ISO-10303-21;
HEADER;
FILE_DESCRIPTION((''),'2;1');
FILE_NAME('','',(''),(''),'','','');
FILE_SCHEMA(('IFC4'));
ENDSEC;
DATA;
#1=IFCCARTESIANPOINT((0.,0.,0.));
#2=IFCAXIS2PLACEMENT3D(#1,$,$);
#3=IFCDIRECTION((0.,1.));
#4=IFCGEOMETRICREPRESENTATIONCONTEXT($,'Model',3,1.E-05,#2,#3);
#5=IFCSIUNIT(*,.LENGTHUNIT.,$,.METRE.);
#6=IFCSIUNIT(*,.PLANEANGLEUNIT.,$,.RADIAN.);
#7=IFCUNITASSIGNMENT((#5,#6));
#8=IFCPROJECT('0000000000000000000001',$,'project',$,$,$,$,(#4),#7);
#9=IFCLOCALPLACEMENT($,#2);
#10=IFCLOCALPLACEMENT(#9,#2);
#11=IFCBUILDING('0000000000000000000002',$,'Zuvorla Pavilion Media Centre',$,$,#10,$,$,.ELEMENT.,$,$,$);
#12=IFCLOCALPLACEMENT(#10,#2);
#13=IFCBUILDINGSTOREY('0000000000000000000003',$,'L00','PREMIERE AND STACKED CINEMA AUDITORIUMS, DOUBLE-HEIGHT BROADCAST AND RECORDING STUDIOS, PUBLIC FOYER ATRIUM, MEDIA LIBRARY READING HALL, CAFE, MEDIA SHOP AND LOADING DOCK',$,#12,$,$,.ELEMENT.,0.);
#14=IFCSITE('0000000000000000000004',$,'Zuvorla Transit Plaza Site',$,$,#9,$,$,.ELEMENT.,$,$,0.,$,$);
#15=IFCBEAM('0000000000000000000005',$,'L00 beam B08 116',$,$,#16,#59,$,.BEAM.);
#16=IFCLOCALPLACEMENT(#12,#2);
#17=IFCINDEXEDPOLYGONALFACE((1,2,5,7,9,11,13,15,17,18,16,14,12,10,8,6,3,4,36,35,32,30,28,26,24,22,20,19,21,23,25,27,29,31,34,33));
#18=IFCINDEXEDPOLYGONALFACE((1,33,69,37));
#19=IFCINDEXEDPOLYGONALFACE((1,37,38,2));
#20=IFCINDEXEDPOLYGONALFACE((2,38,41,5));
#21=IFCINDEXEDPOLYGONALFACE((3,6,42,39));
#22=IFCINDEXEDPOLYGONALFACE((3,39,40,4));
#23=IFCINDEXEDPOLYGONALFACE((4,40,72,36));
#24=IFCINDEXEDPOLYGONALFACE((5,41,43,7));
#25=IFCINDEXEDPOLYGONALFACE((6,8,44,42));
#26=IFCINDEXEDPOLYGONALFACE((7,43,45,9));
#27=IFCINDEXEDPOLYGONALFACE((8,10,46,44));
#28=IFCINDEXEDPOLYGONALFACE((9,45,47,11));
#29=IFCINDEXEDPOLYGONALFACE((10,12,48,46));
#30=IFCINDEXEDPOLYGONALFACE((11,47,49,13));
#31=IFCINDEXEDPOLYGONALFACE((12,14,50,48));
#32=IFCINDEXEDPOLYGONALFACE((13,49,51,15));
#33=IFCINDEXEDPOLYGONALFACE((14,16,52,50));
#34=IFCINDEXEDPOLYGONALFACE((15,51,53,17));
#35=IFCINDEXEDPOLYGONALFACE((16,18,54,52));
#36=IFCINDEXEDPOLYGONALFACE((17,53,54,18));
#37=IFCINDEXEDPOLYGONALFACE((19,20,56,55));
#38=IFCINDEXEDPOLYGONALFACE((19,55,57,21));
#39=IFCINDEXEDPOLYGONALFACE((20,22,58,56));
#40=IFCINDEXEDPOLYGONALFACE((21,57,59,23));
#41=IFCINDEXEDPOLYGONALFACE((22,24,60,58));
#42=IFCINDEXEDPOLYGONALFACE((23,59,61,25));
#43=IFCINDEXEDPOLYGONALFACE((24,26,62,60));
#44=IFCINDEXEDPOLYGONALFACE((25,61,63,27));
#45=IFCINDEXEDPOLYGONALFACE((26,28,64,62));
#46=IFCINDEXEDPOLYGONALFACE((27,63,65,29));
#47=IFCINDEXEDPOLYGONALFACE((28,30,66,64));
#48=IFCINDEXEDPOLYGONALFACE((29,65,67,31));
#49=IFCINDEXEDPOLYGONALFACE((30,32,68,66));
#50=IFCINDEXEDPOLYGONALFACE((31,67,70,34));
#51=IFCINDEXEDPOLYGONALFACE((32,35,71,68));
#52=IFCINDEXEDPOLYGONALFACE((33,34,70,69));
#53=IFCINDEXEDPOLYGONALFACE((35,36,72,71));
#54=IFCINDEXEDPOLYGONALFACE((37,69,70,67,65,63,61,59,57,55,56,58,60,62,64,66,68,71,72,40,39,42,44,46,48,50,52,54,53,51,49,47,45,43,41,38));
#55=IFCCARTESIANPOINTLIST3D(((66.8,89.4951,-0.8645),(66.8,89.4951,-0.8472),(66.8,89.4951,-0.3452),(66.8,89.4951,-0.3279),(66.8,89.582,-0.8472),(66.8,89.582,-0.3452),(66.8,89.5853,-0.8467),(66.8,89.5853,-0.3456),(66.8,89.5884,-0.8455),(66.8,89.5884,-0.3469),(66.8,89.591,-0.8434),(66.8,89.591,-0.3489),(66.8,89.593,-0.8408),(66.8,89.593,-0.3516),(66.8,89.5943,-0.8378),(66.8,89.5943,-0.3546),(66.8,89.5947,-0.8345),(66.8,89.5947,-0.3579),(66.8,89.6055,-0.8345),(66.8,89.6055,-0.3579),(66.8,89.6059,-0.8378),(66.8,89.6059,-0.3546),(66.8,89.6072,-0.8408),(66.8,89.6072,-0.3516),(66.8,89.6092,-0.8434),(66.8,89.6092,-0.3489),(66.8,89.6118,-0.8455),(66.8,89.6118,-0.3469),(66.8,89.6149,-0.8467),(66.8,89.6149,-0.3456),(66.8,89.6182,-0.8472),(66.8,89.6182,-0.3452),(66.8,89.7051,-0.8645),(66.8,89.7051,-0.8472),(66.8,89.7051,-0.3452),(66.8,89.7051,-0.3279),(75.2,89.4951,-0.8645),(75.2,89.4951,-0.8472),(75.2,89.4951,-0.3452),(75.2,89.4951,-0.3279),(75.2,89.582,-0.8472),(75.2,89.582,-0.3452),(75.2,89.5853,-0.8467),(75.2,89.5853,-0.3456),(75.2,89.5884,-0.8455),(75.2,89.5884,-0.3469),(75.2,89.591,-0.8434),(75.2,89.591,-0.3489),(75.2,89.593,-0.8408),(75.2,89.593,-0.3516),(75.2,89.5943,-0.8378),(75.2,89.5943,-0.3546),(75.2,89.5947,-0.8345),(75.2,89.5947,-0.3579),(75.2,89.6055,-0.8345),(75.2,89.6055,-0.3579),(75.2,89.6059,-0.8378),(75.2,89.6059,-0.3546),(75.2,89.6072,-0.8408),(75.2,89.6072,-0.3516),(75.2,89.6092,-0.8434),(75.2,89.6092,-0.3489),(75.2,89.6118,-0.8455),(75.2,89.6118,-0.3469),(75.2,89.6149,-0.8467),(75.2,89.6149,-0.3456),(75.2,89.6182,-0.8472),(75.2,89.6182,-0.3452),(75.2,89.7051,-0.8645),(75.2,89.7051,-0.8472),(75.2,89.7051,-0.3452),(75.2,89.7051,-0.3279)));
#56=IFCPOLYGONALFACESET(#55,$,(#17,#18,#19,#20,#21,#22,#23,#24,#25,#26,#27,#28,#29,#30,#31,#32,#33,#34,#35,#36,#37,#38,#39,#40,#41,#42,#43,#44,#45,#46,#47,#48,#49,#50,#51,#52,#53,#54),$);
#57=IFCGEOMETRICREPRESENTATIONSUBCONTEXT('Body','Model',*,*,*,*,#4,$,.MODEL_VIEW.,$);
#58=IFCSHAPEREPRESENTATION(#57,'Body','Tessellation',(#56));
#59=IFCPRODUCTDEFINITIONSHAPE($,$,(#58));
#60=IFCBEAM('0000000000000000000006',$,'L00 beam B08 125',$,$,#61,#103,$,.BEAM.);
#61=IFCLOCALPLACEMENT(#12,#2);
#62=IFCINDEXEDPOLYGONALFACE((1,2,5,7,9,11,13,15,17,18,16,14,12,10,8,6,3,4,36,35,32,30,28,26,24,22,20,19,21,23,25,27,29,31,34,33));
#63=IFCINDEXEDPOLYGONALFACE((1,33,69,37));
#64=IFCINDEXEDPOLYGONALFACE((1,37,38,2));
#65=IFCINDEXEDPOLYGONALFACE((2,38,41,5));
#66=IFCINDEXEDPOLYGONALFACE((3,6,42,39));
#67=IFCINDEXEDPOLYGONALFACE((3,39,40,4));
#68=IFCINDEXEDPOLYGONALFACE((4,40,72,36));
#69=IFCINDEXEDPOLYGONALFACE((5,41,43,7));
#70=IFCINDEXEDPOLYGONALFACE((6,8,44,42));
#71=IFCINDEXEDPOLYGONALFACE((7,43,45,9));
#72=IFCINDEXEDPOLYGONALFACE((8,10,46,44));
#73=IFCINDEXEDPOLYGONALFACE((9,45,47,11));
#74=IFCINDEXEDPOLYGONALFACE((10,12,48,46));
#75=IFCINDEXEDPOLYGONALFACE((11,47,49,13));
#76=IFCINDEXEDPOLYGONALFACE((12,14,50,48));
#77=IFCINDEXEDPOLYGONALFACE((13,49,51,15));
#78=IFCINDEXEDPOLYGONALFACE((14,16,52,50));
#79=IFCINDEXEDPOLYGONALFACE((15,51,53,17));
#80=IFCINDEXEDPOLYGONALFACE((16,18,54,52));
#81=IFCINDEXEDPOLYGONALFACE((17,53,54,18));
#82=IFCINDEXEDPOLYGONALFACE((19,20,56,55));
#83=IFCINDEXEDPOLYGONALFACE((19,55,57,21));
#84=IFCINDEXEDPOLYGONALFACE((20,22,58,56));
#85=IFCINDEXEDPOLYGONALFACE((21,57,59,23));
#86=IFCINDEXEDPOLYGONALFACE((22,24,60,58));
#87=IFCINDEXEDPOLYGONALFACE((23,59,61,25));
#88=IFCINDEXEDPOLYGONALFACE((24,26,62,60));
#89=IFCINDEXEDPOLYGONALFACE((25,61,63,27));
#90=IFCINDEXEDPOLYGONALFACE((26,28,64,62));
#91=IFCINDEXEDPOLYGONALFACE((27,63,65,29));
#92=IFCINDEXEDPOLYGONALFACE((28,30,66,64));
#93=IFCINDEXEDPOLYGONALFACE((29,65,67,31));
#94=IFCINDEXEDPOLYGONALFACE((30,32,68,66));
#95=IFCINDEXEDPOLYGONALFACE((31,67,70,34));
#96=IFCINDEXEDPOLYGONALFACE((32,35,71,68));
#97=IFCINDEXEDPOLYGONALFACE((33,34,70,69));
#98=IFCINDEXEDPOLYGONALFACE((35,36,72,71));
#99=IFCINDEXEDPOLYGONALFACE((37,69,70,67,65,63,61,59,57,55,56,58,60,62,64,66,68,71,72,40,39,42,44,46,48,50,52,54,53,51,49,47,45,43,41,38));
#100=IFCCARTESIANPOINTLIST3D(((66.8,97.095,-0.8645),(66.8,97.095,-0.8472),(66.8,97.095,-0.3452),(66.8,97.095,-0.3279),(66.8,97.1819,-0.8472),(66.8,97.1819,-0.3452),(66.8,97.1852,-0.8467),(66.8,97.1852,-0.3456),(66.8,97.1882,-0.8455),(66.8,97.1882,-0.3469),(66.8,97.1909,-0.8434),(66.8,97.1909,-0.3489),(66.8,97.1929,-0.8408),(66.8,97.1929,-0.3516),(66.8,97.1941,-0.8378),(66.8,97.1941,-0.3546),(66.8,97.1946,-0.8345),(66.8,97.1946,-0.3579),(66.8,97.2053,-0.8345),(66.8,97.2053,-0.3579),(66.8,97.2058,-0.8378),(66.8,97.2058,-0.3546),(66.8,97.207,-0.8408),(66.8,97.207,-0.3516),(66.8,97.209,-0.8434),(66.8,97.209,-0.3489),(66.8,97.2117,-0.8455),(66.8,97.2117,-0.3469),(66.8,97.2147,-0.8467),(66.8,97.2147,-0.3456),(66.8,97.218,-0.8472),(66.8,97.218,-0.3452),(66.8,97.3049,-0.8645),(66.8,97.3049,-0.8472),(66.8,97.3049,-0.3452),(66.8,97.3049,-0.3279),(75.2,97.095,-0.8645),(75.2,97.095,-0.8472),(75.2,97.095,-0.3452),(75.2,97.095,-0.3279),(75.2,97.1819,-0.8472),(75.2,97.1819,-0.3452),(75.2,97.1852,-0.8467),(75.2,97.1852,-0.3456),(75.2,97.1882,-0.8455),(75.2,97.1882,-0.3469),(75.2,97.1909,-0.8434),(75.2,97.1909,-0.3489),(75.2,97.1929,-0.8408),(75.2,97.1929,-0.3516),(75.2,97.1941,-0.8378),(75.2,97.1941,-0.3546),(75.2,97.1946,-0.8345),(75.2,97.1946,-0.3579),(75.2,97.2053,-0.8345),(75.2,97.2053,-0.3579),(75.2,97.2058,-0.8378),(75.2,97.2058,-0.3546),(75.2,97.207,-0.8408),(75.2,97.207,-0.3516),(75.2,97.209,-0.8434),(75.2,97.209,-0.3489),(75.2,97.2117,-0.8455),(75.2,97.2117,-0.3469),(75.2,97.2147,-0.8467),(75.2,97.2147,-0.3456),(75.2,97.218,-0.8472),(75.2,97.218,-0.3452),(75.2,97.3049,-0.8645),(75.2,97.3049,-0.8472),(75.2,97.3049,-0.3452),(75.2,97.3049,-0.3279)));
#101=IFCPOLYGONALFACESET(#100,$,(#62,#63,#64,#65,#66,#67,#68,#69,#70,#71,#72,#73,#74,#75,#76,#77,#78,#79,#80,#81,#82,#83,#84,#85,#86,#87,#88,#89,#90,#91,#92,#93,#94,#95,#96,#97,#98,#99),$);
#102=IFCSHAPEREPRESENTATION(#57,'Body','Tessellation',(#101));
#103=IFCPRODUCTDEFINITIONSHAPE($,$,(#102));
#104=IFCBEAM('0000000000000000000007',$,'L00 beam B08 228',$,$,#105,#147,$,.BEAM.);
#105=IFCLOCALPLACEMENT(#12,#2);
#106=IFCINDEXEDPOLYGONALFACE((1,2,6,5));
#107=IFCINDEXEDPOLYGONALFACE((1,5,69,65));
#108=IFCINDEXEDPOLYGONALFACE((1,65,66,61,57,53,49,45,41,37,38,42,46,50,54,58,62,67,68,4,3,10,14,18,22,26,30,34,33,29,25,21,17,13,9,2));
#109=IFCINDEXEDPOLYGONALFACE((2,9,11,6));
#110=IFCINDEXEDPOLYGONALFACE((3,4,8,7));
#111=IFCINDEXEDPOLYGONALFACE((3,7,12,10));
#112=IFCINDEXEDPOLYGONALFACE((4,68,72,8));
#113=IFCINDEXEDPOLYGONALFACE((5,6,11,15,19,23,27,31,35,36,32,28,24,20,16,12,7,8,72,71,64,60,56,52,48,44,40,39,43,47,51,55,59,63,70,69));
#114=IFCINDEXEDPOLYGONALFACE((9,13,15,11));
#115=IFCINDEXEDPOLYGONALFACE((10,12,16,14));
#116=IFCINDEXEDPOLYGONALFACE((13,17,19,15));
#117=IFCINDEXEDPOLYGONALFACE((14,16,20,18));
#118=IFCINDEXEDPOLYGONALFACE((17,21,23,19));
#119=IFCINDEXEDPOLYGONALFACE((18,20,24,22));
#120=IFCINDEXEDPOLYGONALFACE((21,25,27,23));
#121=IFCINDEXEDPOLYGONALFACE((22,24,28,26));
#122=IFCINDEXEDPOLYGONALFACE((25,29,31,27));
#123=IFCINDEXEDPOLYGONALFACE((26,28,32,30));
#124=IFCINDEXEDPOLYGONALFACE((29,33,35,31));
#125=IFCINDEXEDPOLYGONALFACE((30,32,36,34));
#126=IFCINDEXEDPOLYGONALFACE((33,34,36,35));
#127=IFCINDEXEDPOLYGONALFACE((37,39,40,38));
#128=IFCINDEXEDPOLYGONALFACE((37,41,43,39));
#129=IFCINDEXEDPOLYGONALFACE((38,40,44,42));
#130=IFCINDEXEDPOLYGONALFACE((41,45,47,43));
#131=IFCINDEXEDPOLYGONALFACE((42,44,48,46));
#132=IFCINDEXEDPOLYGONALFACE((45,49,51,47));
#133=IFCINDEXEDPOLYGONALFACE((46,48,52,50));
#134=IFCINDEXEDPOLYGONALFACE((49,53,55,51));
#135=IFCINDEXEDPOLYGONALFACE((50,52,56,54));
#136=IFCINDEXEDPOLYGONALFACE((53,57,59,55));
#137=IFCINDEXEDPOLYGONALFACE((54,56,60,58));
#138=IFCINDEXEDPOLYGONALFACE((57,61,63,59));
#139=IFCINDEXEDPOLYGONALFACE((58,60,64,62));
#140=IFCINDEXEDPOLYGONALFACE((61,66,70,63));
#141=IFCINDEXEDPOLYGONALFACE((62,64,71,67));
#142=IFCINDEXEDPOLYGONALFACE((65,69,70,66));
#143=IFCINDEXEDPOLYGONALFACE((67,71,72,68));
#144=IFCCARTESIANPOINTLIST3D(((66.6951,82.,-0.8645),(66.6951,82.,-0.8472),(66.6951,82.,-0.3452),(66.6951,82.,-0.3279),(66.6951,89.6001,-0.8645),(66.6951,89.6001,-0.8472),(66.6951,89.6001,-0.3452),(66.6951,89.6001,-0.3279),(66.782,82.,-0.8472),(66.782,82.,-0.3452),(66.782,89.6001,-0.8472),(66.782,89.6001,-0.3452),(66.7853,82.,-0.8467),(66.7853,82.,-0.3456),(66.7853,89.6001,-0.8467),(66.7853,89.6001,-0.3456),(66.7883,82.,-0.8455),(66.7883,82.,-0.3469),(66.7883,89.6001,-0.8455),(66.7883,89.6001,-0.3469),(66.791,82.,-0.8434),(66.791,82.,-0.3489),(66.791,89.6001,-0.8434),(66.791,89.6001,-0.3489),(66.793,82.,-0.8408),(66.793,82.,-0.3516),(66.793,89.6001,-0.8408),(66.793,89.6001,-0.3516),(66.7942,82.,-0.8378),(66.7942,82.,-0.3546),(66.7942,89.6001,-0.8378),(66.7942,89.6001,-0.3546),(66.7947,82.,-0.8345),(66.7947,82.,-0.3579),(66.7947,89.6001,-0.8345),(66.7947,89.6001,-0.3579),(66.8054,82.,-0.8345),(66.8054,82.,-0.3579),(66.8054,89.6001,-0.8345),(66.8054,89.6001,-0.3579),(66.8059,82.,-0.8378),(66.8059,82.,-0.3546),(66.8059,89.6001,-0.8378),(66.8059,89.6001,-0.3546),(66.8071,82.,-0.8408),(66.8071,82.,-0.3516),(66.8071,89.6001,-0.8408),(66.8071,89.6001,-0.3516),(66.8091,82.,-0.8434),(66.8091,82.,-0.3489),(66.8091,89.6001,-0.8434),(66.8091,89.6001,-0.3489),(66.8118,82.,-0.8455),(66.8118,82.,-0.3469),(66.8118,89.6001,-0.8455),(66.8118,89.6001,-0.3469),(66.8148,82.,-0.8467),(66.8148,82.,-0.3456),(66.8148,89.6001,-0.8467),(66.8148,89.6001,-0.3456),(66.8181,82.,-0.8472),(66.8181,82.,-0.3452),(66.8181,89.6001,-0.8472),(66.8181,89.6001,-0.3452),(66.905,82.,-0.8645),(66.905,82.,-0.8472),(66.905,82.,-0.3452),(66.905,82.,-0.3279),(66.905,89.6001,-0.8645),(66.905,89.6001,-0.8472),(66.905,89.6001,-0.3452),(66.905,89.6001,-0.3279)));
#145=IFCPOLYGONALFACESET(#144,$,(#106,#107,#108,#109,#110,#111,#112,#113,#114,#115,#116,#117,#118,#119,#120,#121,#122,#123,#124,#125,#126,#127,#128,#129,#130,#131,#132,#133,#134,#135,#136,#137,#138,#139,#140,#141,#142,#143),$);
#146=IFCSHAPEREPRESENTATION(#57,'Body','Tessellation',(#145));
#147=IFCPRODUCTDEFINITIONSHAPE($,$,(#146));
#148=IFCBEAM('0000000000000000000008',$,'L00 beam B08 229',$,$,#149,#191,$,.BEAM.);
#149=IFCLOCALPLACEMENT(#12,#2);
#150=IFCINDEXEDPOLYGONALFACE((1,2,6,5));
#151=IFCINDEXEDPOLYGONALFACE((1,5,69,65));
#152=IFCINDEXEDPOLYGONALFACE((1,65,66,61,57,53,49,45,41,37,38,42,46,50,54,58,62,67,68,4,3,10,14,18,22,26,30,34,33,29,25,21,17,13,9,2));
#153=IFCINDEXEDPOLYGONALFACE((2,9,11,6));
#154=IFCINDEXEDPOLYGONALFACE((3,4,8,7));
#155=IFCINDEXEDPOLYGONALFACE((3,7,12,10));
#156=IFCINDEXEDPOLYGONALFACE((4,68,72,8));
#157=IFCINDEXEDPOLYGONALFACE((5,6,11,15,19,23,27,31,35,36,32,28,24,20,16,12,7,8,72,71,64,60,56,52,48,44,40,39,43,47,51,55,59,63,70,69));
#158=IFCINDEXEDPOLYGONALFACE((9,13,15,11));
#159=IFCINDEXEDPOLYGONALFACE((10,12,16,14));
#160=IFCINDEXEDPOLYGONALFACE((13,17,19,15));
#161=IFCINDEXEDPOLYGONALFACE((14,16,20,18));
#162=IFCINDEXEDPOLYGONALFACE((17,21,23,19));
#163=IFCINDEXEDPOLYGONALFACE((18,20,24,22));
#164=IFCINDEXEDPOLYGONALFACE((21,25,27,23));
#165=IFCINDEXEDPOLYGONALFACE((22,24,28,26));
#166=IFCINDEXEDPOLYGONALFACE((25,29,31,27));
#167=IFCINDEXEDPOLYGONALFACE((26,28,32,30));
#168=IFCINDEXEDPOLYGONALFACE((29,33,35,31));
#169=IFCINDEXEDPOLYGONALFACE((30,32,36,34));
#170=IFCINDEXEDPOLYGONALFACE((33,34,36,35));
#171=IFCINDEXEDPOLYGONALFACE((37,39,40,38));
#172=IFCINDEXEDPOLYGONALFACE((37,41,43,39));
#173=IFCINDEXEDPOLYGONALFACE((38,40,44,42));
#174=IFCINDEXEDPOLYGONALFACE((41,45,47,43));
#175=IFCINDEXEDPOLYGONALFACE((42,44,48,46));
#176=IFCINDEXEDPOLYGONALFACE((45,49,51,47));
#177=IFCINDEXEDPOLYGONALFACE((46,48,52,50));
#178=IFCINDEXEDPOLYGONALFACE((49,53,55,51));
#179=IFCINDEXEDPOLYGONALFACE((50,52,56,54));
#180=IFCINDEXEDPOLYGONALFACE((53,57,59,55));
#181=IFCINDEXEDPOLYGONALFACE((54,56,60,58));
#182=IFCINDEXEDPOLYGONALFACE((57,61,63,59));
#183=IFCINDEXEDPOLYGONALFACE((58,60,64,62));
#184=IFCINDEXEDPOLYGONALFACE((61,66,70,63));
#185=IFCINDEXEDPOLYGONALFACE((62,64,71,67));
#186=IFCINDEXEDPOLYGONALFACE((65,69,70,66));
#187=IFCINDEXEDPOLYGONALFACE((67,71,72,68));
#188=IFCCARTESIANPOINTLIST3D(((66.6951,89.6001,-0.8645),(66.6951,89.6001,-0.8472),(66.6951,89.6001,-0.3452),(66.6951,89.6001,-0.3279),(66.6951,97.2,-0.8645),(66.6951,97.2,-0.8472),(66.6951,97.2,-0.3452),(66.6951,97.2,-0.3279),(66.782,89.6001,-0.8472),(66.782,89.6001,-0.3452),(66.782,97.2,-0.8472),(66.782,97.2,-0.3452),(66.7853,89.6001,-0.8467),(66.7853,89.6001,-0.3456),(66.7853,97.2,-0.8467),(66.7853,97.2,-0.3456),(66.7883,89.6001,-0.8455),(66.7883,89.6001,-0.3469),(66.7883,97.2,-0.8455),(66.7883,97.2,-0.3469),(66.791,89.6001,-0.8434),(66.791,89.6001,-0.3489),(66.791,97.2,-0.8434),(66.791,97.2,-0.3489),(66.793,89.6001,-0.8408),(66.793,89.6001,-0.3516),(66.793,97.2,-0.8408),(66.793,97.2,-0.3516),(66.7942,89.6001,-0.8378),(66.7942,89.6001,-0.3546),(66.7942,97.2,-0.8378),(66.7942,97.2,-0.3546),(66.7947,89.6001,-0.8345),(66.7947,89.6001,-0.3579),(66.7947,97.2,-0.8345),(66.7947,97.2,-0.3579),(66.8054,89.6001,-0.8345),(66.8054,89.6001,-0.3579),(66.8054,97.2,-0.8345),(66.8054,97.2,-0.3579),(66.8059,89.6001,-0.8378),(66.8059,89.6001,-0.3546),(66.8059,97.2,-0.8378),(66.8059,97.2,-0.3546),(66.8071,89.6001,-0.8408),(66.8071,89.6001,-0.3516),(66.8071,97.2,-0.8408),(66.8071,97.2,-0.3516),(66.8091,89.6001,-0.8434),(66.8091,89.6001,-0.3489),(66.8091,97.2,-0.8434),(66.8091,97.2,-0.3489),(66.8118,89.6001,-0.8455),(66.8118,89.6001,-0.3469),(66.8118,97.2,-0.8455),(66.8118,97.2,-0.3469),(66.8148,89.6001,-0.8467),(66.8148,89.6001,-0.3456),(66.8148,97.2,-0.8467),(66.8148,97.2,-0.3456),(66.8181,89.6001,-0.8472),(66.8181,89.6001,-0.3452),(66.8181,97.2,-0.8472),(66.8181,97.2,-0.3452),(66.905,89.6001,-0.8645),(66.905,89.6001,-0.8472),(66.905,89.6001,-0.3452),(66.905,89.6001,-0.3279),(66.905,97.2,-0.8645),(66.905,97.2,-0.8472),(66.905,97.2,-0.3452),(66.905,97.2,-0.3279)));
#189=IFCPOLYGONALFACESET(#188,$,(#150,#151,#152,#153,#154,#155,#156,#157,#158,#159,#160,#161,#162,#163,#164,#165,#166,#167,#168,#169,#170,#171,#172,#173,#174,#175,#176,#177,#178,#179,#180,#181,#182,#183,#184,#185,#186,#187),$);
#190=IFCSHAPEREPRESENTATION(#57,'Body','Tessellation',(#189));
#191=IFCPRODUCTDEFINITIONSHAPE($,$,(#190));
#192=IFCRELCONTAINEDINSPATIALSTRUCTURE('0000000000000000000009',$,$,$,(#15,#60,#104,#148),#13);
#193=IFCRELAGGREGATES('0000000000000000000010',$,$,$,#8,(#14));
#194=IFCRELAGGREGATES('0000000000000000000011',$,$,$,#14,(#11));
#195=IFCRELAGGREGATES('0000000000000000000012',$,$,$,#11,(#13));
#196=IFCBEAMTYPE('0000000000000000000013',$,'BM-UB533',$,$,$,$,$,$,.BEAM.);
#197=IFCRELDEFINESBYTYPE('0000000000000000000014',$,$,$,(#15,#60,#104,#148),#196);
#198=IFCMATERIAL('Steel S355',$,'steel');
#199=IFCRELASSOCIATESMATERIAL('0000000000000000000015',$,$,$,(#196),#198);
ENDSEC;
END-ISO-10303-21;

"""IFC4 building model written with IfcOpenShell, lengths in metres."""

from ifc_helpers import new_model, si_unit, direction, frame, origin, origin_2d, place, context, subcontext, project, spatial, i_section, extrude, material, material_profile, profile_set, type_object, element, save


model = new_model("IFC4")

# Units and contexts
model_context = context("Model", 3, precision=1e-05, world=origin(), true_north=direction((0.0, 1.0)))
body_context = subcontext(model_context, "Body", "Model", "MODEL_VIEW")
ifc_project = project(units=[si_unit("LENGTHUNIT", "METRE"), si_unit("PLANEANGLEUNIT", "RADIAN")], contexts=[model_context])

# Site, building, storey
site_placement = place(None, origin())
site = spatial("IfcSite", under=ifc_project, at=site_placement, Name="Zuvorla Transit Plaza Site", CompositionType="ELEMENT", RefElevation=0.0)
building_placement = place(site_placement, origin())
building = spatial("IfcBuilding", under=site, at=building_placement, Name="Zuvorla Pavilion Media Centre", CompositionType="ELEMENT")
storey_placement = place(building_placement, origin())
storey = spatial("IfcBuildingStorey", under=building, at=storey_placement, Name="L00", Description="PREMIERE AND STACKED CINEMA AUDITORIUMS, DOUBLE-HEIGHT BROADCAST AND RECORDING STUDIOS, PUBLIC FOYER ATRIUM, MEDIA LIBRARY READING HALL, CAFE, MEDIA SHOP AND LOADING DOCK", CompositionType="ELEMENT", Elevation=0.0)

# Beams
ifc_material_1 = material(Name="Steel S355", Category="steel")
ifc_material_profile_1 = material_profile(ifc_material_1, i_section(OverallWidth=0.21, OverallDepth=0.5366, WebThickness=0.0107, FlangeThickness=0.0173, FilletRadius=0.0127, at=origin_2d()), Name="UB 533x210x101")
ifc_profile_set_1 = profile_set([ifc_material_profile_1], Name="Steel S355")
beam_type_1 = type_object("IfcBeamType", Name="BM-UB533", PredefinedType="BEAM", material=ifc_profile_set_1)
for number, where, z_axis, x_axis, name in (
    (1, (66.8, 89.6001, -0.5962), (1.0, 0.0, 0.0), (0.0, 1.0, 0.0), "L00 beam B08 116"),
    (2, (66.8, 97.2, -0.5962), (1.0, 0.0, 0.0), (0.0, 1.0, 0.0), "L00 beam B08 125"),
):
    element("IfcBeam", number, at=place(storey_placement, frame(where, z_axis=z_axis, x_axis=x_axis)), inside=storey, type_object=beam_type_1, Name=name, PredefinedType="BEAM", context=body_context, shape_type="SweptSolid", body=[
        extrude(i_section(OverallWidth=0.21, OverallDepth=0.5366, WebThickness=0.0107, FlangeThickness=0.0173, FilletRadius=0.0127, at=origin_2d()), origin(), (0.0, 0.0, 1.0), 8.3999),
    ])
beam_1_placement = place(storey_placement, frame((66.8, 82.0, -0.5962), z_axis=(0.0, 1.0, 0.0), x_axis=(-1.0, 0.0, 0.0)))
element("IfcBeam", 3, at=beam_1_placement, inside=storey, type_object=beam_type_1, Name="L00 beam B08 228", PredefinedType="BEAM", context=body_context, shape_type="SweptSolid", body=[
    extrude(i_section(OverallWidth=0.21, OverallDepth=0.5366, WebThickness=0.0107, FlangeThickness=0.0173, FilletRadius=0.0127, at=origin_2d()), origin(), (0.0, 0.0, 1.0), 7.6001),
])
beam_2_placement = place(storey_placement, frame((66.8, 89.6001, -0.5962), z_axis=(0.0, 1.0, 0.0), x_axis=(-1.0, 0.0, 0.0)))
element("IfcBeam", 4, at=beam_2_placement, inside=storey, type_object=beam_type_1, Name="L00 beam B08 229", PredefinedType="BEAM", context=body_context, shape_type="SweptSolid", body=[
    extrude(i_section(OverallWidth=0.21, OverallDepth=0.5366, WebThickness=0.0107, FlangeThickness=0.0173, FilletRadius=0.0127, at=origin_2d()), origin(), (0.0, 0.0, 1.0), 7.5999),
])

save(model, "model.ifc")
